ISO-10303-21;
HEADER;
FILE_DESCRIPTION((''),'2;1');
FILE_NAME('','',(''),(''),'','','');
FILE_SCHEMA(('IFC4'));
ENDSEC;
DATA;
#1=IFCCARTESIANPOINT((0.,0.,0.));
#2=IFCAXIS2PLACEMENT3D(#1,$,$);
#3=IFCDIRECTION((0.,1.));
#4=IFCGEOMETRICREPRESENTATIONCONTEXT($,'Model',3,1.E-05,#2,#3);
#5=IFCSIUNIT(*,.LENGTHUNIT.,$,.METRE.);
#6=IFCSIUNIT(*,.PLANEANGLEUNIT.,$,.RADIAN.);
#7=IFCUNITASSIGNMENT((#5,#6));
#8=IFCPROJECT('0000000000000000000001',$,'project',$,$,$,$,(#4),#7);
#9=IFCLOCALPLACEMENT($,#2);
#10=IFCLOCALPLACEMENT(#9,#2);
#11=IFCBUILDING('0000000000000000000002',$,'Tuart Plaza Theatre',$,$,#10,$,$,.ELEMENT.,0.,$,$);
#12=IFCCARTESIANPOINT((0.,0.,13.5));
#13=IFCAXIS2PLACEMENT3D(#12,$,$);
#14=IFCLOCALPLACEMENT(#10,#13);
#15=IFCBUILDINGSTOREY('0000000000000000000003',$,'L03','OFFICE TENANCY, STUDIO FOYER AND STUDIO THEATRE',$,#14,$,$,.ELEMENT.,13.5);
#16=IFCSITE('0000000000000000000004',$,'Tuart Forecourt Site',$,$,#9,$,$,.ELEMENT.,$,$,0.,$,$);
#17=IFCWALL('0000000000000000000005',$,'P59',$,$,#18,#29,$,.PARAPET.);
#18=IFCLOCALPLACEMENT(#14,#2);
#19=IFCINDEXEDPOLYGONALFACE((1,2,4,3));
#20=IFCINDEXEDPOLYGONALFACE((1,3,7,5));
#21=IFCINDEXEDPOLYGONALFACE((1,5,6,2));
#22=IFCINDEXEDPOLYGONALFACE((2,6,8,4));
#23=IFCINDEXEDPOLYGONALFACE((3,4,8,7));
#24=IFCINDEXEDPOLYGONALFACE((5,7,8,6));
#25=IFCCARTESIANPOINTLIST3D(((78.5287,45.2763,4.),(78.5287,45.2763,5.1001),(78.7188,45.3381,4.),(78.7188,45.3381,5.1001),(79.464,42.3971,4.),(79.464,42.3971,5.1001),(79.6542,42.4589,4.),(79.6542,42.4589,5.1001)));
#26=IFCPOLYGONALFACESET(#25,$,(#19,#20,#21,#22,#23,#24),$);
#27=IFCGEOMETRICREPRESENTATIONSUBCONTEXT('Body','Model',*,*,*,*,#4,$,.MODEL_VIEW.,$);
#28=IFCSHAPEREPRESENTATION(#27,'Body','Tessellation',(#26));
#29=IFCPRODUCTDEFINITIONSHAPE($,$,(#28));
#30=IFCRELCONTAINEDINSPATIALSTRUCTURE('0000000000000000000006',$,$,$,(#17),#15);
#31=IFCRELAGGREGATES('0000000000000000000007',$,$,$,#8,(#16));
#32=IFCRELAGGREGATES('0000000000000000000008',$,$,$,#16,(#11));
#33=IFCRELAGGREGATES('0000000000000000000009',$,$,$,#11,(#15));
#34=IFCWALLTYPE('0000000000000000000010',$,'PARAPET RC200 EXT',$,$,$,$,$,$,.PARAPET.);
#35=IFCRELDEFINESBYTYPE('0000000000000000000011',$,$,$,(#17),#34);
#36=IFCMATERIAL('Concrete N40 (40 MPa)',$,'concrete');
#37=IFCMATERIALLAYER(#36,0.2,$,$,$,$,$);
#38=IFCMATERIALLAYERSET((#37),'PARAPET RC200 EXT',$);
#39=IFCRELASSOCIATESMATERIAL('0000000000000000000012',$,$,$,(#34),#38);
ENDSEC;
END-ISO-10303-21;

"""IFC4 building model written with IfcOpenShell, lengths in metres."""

from ifc_helpers import new_model, si_unit, direction, frame, frame_2d, origin, place, context, subcontext, project, spatial, rectangle, extrude, material, layer, layer_set, type_object, element, save


model = new_model("IFC4")

# Units and contexts
model_context = context("Model", 3, precision=1e-05, world=origin(), true_north=direction((0.0, 1.0)))
body_context = subcontext(model_context, "Body", "Model", "MODEL_VIEW")
ifc_project = project(units=[si_unit("LENGTHUNIT", "METRE"), si_unit("PLANEANGLEUNIT", "RADIAN")], contexts=[model_context])

# Site, building, storey
site_placement = place(None, origin())
site = spatial("IfcSite", under=ifc_project, at=site_placement, Name="Tuart Forecourt Site", CompositionType="ELEMENT", RefElevation=0.0)
building_placement = place(site_placement, origin())
building = spatial("IfcBuilding", under=site, at=building_placement, Name="Tuart Plaza Theatre", CompositionType="ELEMENT", ElevationOfRefHeight=0.0)
storey_placement = place(building_placement, frame((0.0, 0.0, 13.5)))
storey = spatial("IfcBuildingStorey", under=building, at=storey_placement, Name="L03", Description="OFFICE TENANCY, STUDIO FOYER AND STUDIO THEATRE", CompositionType="ELEMENT", Elevation=13.5)

# Wall
ifc_material_1 = material(Name="Concrete N40 (40 MPa)", Category="concrete")
ifc_layer_1 = layer(ifc_material_1, 0.2)
ifc_layer_set_1 = layer_set([ifc_layer_1], Name="PARAPET RC200 EXT")
wall_type = type_object("IfcWallType", Name="PARAPET RC200 EXT", PredefinedType="PARAPET", material=ifc_layer_set_1)
wall_placement = place(storey_placement, frame((79.5591, 42.428, 4.0), z_axis=(0.0, 0.0, 1.0), x_axis=(-0.30896, 0.951075, 0.0)))
element("IfcWall", 1, at=wall_placement, inside=storey, type_object=wall_type, Name="P59", PredefinedType="PARAPET", context=body_context, shape_type="SweptSolid", body=[
    extrude(rectangle(XDim=3.0273, YDim=0.2, at=frame_2d((1.5137, 0.0))), origin(), (0.0, 0.0, 1.0), 1.1001),
])

save(model, "model.ifc")
